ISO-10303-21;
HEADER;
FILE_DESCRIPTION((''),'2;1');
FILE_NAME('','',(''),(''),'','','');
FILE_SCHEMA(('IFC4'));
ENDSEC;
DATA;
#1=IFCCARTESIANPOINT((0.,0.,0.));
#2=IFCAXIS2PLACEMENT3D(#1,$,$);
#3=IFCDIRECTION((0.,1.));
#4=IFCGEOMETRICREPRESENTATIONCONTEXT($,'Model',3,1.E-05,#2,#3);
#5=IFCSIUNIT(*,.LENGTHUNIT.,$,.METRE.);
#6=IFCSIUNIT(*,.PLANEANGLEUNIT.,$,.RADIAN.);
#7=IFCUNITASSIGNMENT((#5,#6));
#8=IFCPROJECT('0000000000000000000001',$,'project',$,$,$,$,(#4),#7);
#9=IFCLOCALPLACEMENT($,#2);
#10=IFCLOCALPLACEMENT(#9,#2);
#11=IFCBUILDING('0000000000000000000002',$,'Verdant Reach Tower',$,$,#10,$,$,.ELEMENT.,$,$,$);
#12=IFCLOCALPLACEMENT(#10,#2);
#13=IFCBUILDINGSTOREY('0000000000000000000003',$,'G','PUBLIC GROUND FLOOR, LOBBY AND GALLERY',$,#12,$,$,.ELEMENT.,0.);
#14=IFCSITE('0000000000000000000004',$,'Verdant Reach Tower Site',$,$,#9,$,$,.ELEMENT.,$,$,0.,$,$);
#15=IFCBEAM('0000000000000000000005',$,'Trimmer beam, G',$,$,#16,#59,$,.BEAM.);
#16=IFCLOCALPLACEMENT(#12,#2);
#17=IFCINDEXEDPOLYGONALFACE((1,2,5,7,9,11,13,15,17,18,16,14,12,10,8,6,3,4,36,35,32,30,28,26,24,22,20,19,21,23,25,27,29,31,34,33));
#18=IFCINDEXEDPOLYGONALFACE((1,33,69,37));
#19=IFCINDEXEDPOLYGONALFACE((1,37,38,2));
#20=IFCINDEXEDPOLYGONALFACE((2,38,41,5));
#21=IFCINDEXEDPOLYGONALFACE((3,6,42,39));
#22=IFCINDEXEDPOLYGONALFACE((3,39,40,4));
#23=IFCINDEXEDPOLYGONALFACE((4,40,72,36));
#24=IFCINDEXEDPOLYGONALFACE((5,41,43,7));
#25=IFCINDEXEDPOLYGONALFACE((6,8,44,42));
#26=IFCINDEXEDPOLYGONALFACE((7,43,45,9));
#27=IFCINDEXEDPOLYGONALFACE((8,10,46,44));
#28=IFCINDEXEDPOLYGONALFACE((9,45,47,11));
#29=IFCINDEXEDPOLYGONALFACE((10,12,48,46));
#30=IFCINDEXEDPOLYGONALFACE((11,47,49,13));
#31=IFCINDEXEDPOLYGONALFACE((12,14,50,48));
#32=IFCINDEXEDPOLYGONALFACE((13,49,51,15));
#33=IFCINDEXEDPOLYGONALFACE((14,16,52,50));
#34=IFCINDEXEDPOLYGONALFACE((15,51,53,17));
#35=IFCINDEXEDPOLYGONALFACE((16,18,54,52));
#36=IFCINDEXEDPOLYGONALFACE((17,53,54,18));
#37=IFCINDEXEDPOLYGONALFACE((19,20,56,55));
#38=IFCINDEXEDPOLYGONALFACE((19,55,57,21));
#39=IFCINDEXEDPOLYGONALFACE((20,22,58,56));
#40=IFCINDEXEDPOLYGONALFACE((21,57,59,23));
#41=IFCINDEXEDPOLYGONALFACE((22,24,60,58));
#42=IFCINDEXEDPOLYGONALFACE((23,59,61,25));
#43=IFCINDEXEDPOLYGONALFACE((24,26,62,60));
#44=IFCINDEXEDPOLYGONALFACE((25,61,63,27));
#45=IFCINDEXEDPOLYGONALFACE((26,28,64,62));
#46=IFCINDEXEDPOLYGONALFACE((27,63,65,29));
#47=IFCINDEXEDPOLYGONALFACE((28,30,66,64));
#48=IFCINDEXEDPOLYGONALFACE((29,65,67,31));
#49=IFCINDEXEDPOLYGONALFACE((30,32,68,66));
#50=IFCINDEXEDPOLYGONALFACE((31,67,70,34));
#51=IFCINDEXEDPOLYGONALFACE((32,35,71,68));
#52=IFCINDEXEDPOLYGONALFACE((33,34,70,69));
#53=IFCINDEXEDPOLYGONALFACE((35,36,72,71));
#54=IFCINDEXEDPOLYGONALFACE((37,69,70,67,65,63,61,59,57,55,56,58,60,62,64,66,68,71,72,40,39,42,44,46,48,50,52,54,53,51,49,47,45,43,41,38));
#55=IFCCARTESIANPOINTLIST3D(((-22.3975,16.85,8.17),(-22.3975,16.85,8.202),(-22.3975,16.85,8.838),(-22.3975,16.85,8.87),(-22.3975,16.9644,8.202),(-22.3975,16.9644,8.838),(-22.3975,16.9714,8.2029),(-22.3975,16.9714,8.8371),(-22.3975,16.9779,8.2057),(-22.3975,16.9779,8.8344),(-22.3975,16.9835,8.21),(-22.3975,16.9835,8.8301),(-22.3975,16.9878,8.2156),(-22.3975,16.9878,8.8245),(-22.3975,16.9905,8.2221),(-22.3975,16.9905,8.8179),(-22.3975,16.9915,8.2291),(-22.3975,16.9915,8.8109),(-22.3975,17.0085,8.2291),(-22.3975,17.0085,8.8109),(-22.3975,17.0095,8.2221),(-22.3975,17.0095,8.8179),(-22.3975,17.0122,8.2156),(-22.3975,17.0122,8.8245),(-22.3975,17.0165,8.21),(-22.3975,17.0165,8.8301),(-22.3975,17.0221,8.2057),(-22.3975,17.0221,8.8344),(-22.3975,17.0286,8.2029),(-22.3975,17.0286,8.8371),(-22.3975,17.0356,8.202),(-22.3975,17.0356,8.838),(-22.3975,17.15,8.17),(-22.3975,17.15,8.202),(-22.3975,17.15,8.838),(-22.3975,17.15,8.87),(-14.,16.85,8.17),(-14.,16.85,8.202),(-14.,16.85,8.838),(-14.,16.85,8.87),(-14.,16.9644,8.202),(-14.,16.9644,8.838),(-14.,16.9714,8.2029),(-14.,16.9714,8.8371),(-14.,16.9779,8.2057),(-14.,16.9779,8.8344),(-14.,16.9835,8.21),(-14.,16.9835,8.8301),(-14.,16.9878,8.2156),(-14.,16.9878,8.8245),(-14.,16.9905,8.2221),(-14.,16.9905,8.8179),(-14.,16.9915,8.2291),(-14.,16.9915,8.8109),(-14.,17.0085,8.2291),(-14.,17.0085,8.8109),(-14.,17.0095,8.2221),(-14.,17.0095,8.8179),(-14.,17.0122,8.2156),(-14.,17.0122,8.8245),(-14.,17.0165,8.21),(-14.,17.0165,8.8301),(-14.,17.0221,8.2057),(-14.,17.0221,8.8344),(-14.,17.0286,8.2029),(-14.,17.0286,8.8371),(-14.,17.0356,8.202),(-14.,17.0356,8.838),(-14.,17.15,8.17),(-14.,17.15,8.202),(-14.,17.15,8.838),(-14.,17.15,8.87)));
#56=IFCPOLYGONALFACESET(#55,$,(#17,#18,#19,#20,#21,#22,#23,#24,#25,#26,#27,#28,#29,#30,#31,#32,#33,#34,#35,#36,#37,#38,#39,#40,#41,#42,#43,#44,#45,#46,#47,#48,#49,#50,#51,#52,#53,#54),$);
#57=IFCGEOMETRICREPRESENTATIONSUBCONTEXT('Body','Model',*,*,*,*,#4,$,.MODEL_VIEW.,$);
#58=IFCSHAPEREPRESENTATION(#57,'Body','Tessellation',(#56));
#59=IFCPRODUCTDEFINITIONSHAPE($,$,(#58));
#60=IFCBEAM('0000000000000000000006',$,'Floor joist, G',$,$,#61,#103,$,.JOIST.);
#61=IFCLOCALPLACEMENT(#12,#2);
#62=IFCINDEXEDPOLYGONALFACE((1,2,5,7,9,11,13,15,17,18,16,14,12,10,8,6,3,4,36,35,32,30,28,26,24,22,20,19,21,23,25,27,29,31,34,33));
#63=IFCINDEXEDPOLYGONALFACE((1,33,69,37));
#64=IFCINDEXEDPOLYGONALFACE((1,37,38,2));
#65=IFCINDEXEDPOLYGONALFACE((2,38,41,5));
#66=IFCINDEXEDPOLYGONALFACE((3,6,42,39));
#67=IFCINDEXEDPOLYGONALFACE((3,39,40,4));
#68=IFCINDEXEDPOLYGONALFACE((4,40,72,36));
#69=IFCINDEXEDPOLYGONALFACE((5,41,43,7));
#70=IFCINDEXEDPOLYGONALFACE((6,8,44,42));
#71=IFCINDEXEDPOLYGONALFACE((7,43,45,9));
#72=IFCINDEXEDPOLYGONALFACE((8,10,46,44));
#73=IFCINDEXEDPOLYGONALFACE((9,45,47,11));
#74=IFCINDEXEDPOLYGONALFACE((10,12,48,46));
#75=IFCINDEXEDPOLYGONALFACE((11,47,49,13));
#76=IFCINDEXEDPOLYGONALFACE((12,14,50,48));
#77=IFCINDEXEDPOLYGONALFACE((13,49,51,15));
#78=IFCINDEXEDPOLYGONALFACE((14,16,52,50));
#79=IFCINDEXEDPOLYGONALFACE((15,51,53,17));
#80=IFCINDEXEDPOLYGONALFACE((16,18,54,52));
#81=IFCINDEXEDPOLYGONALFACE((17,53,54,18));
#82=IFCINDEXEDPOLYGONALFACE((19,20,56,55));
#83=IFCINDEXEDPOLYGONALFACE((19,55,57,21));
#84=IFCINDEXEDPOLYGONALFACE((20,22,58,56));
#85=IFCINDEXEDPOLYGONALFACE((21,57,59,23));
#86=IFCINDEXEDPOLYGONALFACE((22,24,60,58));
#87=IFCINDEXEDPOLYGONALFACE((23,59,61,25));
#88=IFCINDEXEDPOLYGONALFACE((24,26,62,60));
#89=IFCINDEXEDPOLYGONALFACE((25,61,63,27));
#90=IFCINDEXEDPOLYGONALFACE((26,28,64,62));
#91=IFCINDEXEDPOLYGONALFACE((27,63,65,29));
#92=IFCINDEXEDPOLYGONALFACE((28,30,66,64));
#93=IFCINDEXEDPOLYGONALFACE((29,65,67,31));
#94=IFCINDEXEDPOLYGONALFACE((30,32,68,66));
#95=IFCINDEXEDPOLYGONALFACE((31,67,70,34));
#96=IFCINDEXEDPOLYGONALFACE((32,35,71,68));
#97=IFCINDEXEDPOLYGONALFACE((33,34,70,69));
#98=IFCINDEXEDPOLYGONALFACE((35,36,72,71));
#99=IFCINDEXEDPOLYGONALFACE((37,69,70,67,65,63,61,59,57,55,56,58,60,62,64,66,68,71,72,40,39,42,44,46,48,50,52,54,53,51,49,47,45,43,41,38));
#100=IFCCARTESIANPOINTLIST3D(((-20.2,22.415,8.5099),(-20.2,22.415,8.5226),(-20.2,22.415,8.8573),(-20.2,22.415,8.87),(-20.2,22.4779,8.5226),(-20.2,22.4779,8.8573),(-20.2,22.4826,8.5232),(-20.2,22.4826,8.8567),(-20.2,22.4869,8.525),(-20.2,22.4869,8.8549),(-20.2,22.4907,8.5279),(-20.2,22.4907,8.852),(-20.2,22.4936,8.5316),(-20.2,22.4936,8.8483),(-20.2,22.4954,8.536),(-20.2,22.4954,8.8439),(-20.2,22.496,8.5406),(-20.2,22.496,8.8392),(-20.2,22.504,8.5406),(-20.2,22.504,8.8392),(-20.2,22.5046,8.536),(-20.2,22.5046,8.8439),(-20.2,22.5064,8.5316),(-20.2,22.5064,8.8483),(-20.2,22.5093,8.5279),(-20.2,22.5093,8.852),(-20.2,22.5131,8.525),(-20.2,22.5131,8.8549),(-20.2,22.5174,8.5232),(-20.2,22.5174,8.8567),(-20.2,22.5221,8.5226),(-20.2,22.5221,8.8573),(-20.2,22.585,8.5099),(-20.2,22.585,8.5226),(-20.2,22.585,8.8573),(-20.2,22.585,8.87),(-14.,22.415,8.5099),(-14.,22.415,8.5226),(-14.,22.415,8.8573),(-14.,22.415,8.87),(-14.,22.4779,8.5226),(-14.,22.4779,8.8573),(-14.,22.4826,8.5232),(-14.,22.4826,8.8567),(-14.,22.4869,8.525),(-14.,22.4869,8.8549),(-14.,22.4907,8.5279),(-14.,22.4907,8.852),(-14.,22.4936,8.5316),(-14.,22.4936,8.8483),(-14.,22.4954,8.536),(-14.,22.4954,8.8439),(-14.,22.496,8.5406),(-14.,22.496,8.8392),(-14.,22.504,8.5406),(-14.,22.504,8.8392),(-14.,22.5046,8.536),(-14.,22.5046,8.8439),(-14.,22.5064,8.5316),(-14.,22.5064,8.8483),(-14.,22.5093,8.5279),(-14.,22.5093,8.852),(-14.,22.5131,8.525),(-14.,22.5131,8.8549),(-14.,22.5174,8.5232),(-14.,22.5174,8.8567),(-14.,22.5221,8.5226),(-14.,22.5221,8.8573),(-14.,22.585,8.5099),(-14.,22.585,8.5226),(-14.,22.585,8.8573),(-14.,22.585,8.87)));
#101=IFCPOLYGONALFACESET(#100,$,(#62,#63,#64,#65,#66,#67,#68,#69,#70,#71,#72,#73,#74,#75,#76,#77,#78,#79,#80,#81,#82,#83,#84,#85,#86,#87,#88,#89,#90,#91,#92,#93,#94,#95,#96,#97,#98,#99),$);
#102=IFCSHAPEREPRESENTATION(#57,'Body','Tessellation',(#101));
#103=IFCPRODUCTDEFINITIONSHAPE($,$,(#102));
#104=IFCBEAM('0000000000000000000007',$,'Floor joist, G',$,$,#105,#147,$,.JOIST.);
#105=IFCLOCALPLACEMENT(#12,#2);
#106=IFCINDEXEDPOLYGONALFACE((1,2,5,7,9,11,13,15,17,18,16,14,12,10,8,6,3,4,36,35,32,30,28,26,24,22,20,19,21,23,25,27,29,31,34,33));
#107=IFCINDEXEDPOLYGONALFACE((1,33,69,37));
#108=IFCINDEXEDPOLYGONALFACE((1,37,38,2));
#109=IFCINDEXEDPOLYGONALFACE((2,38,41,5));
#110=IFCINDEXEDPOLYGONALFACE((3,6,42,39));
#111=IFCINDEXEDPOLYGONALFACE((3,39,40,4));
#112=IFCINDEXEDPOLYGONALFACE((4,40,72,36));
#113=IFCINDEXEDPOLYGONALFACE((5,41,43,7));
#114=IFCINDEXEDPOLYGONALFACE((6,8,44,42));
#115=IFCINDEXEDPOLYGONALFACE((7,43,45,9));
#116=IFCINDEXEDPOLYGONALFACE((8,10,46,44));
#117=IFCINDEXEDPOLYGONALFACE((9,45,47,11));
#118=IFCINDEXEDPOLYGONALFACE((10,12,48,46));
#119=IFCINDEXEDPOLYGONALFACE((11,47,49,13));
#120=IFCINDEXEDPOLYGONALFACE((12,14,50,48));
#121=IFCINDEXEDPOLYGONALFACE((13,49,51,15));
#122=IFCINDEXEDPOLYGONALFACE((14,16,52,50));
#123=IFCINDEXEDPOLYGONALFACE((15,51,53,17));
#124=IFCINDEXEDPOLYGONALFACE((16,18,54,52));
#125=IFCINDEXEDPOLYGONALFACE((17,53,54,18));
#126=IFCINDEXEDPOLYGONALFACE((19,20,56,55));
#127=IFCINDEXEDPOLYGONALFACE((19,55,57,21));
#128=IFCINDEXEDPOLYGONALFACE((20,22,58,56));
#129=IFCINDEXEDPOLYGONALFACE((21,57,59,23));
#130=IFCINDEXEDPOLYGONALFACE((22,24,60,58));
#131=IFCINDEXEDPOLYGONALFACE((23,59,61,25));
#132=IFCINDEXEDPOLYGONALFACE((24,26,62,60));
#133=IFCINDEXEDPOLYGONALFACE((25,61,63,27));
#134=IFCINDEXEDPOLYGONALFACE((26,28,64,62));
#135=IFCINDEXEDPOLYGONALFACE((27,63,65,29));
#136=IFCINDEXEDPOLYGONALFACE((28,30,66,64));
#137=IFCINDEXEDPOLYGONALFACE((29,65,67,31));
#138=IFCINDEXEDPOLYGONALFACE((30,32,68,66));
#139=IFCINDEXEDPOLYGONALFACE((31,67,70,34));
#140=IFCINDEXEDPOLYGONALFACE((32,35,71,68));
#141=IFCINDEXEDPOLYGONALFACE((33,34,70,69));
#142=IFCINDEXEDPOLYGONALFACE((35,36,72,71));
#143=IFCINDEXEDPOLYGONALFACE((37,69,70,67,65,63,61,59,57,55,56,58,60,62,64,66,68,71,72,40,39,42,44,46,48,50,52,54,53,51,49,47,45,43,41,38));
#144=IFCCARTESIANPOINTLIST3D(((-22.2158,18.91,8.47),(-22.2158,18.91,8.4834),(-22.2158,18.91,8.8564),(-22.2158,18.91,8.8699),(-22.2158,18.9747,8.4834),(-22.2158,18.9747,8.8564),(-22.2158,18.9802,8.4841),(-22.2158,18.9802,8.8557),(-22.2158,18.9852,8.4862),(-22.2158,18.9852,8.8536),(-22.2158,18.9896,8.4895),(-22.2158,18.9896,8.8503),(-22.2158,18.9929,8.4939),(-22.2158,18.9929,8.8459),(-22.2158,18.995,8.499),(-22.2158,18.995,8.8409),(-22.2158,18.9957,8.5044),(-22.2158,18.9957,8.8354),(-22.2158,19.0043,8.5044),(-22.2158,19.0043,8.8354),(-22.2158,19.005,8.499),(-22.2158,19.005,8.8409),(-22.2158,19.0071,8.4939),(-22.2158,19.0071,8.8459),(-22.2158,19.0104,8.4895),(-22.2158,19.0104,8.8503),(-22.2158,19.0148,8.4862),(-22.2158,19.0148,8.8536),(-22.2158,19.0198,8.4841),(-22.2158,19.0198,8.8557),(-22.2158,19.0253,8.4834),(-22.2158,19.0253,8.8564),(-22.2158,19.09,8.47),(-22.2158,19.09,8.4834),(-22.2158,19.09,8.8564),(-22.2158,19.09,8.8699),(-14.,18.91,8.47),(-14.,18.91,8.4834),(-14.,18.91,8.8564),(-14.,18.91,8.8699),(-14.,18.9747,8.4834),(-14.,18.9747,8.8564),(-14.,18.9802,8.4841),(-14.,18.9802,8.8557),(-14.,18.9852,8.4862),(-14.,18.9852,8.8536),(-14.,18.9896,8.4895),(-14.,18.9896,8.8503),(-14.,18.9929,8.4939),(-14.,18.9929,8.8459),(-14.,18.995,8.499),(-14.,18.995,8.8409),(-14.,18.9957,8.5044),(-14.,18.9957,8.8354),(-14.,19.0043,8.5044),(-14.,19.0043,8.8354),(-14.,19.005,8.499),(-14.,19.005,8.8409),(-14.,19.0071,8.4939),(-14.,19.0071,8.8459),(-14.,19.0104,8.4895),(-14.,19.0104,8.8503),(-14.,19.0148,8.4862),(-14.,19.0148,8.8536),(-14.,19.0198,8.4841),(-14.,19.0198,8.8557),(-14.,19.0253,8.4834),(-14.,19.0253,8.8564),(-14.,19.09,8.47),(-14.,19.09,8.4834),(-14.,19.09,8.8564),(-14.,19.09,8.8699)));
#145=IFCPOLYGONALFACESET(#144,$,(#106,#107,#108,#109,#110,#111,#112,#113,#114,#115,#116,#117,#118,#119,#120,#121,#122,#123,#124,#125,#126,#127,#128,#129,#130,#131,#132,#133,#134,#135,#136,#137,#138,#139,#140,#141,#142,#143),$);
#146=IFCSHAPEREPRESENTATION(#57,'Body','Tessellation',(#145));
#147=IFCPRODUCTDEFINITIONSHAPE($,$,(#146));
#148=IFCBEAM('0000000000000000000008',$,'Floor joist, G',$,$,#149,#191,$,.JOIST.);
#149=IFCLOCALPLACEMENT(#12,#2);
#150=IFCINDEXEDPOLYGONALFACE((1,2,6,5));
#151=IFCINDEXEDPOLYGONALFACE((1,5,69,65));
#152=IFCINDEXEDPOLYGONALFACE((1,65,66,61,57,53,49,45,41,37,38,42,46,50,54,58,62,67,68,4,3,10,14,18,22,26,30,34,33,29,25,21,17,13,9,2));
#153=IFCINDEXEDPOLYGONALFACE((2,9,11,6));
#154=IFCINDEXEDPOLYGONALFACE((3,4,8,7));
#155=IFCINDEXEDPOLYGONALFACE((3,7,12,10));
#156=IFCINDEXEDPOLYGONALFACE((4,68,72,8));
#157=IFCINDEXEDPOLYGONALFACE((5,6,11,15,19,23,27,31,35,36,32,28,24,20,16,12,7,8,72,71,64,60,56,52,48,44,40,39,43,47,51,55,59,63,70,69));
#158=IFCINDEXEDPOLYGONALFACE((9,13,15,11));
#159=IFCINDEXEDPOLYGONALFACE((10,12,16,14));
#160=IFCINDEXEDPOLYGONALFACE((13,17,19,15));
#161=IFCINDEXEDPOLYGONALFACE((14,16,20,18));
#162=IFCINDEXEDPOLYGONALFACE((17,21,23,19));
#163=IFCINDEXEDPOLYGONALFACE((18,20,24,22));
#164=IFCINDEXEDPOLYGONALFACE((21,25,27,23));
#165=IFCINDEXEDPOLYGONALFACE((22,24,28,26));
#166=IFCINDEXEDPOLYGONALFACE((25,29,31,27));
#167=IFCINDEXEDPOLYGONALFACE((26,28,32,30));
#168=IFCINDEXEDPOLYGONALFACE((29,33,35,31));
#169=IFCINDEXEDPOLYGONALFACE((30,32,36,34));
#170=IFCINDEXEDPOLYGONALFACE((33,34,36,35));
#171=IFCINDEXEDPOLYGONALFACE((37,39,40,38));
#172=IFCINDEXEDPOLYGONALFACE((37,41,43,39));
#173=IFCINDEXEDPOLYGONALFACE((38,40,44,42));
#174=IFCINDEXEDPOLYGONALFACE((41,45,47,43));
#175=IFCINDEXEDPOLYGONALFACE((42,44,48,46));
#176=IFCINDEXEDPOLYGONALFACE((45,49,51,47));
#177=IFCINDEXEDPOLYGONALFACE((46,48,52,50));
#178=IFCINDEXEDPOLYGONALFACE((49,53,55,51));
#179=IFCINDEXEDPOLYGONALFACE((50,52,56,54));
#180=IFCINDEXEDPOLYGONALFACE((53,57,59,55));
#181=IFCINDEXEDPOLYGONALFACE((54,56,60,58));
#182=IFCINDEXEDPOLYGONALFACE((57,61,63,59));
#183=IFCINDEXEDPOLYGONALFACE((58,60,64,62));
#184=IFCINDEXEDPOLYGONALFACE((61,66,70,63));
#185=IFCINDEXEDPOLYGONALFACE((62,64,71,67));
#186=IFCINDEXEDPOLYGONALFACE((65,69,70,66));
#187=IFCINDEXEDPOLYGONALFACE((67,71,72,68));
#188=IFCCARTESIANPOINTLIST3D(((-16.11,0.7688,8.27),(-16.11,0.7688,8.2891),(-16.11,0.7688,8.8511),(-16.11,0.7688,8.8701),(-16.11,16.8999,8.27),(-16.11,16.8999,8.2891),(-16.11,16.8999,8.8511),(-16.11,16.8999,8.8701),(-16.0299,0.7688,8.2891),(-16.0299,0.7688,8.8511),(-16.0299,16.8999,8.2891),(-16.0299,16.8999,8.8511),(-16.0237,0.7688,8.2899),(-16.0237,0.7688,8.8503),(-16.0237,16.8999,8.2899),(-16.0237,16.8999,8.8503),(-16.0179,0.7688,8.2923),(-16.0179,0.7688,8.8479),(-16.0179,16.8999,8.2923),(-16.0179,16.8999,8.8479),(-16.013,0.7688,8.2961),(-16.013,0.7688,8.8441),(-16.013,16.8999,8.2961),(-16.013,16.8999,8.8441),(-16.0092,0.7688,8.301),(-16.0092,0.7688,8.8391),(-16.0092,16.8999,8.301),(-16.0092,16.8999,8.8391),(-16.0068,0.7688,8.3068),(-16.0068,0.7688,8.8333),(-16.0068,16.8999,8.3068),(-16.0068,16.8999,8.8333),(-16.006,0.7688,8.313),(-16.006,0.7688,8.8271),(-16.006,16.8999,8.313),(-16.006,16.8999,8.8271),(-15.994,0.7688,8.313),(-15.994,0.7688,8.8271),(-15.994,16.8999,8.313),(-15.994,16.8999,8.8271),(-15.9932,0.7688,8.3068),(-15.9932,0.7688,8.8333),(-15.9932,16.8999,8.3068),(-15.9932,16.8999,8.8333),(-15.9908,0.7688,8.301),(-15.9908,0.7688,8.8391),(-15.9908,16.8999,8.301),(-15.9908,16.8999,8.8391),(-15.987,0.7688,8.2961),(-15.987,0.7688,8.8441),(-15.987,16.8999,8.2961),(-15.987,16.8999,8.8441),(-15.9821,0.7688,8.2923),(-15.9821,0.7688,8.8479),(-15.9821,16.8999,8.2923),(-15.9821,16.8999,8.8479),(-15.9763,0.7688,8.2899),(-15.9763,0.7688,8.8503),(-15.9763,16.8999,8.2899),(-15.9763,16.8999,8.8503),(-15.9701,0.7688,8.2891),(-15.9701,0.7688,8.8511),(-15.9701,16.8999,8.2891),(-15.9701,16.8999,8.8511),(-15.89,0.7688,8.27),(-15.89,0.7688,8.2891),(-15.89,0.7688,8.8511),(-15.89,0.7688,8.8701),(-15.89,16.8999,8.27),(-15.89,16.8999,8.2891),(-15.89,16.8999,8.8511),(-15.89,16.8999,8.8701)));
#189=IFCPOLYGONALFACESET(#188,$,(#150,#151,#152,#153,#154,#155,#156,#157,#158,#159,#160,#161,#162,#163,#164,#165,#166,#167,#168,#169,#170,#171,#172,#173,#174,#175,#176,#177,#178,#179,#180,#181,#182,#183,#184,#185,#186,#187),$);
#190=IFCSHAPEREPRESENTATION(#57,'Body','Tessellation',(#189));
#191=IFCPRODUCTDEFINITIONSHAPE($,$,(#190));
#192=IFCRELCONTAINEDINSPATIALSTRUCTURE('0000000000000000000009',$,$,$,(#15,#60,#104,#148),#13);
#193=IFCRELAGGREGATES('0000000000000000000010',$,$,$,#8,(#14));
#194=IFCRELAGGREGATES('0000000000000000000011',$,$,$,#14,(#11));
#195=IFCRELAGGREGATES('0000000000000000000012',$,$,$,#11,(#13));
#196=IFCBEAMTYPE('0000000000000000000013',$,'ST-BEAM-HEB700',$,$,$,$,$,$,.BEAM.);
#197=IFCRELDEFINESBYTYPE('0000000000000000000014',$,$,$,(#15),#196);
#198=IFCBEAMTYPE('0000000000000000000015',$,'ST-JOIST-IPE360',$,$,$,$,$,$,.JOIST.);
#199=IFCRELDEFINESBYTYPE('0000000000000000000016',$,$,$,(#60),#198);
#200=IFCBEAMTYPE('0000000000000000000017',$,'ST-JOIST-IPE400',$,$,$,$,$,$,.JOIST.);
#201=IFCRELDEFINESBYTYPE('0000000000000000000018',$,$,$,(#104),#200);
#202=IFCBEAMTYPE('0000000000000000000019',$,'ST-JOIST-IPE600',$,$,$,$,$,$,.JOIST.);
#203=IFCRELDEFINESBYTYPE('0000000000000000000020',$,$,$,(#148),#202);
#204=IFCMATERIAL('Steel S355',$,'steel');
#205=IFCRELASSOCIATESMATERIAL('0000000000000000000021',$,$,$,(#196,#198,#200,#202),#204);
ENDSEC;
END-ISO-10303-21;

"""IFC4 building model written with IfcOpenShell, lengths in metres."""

from ifc_helpers import new_model, si_unit, direction, frame, origin, origin_2d, place, context, subcontext, project, spatial, i_section, extrude, material, material_profile, profile_set, type_object, element, save


model = new_model("IFC4")

# Units and contexts
model_context = context("Model", 3, precision=1e-05, world=origin(), true_north=direction((0.0, 1.0)))
body_context = subcontext(model_context, "Body", "Model", "MODEL_VIEW")
ifc_project = project(units=[si_unit("LENGTHUNIT", "METRE"), si_unit("PLANEANGLEUNIT", "RADIAN")], contexts=[model_context])

# Site, building, storey
site_placement = place(None, origin())
site = spatial("IfcSite", under=ifc_project, at=site_placement, Name="Verdant Reach Tower Site", CompositionType="ELEMENT", RefElevation=0.0)
building_placement = place(site_placement, origin())
building = spatial("IfcBuilding", under=site, at=building_placement, Name="Verdant Reach Tower", CompositionType="ELEMENT")
storey_placement = place(building_placement, origin())
storey = spatial("IfcBuildingStorey", under=building, at=storey_placement, Name="G", Description="PUBLIC GROUND FLOOR, LOBBY AND GALLERY", CompositionType="ELEMENT", Elevation=0.0)

# Beams
ifc_material_1 = material(Name="Steel S355", Category="steel")
ifc_material_profile_1 = material_profile(ifc_material_1, i_section(OverallWidth=0.3, OverallDepth=0.7, WebThickness=0.0171, FlangeThickness=0.032, FilletRadius=0.0271, at=origin_2d()), Name="HEB 700")
ifc_profile_set_1 = profile_set([ifc_material_profile_1], Name="Steel S355")
beam_type_1 = type_object("IfcBeamType", Name="ST-BEAM-HEB700", PredefinedType="BEAM", material=ifc_profile_set_1)
beam_1_placement = place(storey_placement, frame((-14.0, 17.0, 8.52), z_axis=(-1.0, 0.0, 0.0), x_axis=(0.0, -1.0, 0.0)))
element("IfcBeam", 1, at=beam_1_placement, inside=storey, type_object=beam_type_1, Name="Trimmer beam, G", PredefinedType="BEAM", context=body_context, shape_type="SweptSolid", body=[
    extrude(i_section(OverallWidth=0.3, OverallDepth=0.7, WebThickness=0.0171, FlangeThickness=0.032, FilletRadius=0.0271, at=origin_2d()), origin(), (0.0, 0.0, 1.0), 8.3975),
])
ifc_material_profile_2 = material_profile(ifc_material_1, i_section(OverallWidth=0.1699, OverallDepth=0.3601, WebThickness=0.0081, FlangeThickness=0.0127, FilletRadius=0.0181, at=origin_2d()), Name="IPE 360")
ifc_profile_set_2 = profile_set([ifc_material_profile_2], Name="Steel S355")
beam_type_2 = type_object("IfcBeamType", Name="ST-JOIST-IPE360", PredefinedType="JOIST", material=ifc_profile_set_2)
beam_2_placement = place(storey_placement, frame((-14.0, 22.5, 8.6899), z_axis=(-1.0, 0.0, 0.0), x_axis=(0.0, -1.0, 0.0)))
element("IfcBeam", 2, at=beam_2_placement, inside=storey, type_object=beam_type_2, Name="Floor joist, G", PredefinedType="JOIST", context=body_context, shape_type="SweptSolid", body=[
    extrude(i_section(OverallWidth=0.1699, OverallDepth=0.3601, WebThickness=0.0081, FlangeThickness=0.0127, FilletRadius=0.0181, at=origin_2d()), origin(), (0.0, 0.0, 1.0), 6.2),
])
ifc_material_profile_3 = material_profile(ifc_material_1, i_section(OverallWidth=0.1799, OverallDepth=0.3999, WebThickness=0.0085, FlangeThickness=0.0134, FilletRadius=0.021, at=origin_2d()), Name="IPE 400")
ifc_profile_set_3 = profile_set([ifc_material_profile_3], Name="Steel S355")
beam_type_3 = type_object("IfcBeamType", Name="ST-JOIST-IPE400", PredefinedType="JOIST", material=ifc_profile_set_3)
beam_3_placement = place(storey_placement, frame((-14.0, 19.0, 8.6699), z_axis=(-1.0, 0.0, 0.0), x_axis=(0.0, -1.0, 0.0)))
element("IfcBeam", 3, at=beam_3_placement, inside=storey, type_object=beam_type_3, Name="Floor joist, G", PredefinedType="JOIST", context=body_context, shape_type="SweptSolid", body=[
    extrude(i_section(OverallWidth=0.1799, OverallDepth=0.3999, WebThickness=0.0085, FlangeThickness=0.0134, FilletRadius=0.021, at=origin_2d()), origin(), (0.0, 0.0, 1.0), 8.2158),
])
ifc_material_profile_4 = material_profile(ifc_material_1, i_section(OverallWidth=0.22, OverallDepth=0.6001, WebThickness=0.012, FlangeThickness=0.019, FilletRadius=0.0239, at=origin_2d()), Name="IPE 600")
ifc_profile_set_4 = profile_set([ifc_material_profile_4], Name="Steel S355")
beam_type_4 = type_object("IfcBeamType", Name="ST-JOIST-IPE600", PredefinedType="JOIST", material=ifc_profile_set_4)
beam_4_placement = place(storey_placement, frame((-16.0, 16.8999, 8.5701), z_axis=(0.0, -1.0, 0.0), x_axis=(1.0, 0.0, 0.0)))
element("IfcBeam", 4, at=beam_4_placement, inside=storey, type_object=beam_type_4, Name="Floor joist, G", PredefinedType="JOIST", context=body_context, shape_type="SweptSolid", body=[
    extrude(i_section(OverallWidth=0.22, OverallDepth=0.6001, WebThickness=0.012, FlangeThickness=0.019, FilletRadius=0.0239, at=origin_2d()), origin(), (0.0, 0.0, 1.0), 16.1311),
])

save(model, "model.ifc")
